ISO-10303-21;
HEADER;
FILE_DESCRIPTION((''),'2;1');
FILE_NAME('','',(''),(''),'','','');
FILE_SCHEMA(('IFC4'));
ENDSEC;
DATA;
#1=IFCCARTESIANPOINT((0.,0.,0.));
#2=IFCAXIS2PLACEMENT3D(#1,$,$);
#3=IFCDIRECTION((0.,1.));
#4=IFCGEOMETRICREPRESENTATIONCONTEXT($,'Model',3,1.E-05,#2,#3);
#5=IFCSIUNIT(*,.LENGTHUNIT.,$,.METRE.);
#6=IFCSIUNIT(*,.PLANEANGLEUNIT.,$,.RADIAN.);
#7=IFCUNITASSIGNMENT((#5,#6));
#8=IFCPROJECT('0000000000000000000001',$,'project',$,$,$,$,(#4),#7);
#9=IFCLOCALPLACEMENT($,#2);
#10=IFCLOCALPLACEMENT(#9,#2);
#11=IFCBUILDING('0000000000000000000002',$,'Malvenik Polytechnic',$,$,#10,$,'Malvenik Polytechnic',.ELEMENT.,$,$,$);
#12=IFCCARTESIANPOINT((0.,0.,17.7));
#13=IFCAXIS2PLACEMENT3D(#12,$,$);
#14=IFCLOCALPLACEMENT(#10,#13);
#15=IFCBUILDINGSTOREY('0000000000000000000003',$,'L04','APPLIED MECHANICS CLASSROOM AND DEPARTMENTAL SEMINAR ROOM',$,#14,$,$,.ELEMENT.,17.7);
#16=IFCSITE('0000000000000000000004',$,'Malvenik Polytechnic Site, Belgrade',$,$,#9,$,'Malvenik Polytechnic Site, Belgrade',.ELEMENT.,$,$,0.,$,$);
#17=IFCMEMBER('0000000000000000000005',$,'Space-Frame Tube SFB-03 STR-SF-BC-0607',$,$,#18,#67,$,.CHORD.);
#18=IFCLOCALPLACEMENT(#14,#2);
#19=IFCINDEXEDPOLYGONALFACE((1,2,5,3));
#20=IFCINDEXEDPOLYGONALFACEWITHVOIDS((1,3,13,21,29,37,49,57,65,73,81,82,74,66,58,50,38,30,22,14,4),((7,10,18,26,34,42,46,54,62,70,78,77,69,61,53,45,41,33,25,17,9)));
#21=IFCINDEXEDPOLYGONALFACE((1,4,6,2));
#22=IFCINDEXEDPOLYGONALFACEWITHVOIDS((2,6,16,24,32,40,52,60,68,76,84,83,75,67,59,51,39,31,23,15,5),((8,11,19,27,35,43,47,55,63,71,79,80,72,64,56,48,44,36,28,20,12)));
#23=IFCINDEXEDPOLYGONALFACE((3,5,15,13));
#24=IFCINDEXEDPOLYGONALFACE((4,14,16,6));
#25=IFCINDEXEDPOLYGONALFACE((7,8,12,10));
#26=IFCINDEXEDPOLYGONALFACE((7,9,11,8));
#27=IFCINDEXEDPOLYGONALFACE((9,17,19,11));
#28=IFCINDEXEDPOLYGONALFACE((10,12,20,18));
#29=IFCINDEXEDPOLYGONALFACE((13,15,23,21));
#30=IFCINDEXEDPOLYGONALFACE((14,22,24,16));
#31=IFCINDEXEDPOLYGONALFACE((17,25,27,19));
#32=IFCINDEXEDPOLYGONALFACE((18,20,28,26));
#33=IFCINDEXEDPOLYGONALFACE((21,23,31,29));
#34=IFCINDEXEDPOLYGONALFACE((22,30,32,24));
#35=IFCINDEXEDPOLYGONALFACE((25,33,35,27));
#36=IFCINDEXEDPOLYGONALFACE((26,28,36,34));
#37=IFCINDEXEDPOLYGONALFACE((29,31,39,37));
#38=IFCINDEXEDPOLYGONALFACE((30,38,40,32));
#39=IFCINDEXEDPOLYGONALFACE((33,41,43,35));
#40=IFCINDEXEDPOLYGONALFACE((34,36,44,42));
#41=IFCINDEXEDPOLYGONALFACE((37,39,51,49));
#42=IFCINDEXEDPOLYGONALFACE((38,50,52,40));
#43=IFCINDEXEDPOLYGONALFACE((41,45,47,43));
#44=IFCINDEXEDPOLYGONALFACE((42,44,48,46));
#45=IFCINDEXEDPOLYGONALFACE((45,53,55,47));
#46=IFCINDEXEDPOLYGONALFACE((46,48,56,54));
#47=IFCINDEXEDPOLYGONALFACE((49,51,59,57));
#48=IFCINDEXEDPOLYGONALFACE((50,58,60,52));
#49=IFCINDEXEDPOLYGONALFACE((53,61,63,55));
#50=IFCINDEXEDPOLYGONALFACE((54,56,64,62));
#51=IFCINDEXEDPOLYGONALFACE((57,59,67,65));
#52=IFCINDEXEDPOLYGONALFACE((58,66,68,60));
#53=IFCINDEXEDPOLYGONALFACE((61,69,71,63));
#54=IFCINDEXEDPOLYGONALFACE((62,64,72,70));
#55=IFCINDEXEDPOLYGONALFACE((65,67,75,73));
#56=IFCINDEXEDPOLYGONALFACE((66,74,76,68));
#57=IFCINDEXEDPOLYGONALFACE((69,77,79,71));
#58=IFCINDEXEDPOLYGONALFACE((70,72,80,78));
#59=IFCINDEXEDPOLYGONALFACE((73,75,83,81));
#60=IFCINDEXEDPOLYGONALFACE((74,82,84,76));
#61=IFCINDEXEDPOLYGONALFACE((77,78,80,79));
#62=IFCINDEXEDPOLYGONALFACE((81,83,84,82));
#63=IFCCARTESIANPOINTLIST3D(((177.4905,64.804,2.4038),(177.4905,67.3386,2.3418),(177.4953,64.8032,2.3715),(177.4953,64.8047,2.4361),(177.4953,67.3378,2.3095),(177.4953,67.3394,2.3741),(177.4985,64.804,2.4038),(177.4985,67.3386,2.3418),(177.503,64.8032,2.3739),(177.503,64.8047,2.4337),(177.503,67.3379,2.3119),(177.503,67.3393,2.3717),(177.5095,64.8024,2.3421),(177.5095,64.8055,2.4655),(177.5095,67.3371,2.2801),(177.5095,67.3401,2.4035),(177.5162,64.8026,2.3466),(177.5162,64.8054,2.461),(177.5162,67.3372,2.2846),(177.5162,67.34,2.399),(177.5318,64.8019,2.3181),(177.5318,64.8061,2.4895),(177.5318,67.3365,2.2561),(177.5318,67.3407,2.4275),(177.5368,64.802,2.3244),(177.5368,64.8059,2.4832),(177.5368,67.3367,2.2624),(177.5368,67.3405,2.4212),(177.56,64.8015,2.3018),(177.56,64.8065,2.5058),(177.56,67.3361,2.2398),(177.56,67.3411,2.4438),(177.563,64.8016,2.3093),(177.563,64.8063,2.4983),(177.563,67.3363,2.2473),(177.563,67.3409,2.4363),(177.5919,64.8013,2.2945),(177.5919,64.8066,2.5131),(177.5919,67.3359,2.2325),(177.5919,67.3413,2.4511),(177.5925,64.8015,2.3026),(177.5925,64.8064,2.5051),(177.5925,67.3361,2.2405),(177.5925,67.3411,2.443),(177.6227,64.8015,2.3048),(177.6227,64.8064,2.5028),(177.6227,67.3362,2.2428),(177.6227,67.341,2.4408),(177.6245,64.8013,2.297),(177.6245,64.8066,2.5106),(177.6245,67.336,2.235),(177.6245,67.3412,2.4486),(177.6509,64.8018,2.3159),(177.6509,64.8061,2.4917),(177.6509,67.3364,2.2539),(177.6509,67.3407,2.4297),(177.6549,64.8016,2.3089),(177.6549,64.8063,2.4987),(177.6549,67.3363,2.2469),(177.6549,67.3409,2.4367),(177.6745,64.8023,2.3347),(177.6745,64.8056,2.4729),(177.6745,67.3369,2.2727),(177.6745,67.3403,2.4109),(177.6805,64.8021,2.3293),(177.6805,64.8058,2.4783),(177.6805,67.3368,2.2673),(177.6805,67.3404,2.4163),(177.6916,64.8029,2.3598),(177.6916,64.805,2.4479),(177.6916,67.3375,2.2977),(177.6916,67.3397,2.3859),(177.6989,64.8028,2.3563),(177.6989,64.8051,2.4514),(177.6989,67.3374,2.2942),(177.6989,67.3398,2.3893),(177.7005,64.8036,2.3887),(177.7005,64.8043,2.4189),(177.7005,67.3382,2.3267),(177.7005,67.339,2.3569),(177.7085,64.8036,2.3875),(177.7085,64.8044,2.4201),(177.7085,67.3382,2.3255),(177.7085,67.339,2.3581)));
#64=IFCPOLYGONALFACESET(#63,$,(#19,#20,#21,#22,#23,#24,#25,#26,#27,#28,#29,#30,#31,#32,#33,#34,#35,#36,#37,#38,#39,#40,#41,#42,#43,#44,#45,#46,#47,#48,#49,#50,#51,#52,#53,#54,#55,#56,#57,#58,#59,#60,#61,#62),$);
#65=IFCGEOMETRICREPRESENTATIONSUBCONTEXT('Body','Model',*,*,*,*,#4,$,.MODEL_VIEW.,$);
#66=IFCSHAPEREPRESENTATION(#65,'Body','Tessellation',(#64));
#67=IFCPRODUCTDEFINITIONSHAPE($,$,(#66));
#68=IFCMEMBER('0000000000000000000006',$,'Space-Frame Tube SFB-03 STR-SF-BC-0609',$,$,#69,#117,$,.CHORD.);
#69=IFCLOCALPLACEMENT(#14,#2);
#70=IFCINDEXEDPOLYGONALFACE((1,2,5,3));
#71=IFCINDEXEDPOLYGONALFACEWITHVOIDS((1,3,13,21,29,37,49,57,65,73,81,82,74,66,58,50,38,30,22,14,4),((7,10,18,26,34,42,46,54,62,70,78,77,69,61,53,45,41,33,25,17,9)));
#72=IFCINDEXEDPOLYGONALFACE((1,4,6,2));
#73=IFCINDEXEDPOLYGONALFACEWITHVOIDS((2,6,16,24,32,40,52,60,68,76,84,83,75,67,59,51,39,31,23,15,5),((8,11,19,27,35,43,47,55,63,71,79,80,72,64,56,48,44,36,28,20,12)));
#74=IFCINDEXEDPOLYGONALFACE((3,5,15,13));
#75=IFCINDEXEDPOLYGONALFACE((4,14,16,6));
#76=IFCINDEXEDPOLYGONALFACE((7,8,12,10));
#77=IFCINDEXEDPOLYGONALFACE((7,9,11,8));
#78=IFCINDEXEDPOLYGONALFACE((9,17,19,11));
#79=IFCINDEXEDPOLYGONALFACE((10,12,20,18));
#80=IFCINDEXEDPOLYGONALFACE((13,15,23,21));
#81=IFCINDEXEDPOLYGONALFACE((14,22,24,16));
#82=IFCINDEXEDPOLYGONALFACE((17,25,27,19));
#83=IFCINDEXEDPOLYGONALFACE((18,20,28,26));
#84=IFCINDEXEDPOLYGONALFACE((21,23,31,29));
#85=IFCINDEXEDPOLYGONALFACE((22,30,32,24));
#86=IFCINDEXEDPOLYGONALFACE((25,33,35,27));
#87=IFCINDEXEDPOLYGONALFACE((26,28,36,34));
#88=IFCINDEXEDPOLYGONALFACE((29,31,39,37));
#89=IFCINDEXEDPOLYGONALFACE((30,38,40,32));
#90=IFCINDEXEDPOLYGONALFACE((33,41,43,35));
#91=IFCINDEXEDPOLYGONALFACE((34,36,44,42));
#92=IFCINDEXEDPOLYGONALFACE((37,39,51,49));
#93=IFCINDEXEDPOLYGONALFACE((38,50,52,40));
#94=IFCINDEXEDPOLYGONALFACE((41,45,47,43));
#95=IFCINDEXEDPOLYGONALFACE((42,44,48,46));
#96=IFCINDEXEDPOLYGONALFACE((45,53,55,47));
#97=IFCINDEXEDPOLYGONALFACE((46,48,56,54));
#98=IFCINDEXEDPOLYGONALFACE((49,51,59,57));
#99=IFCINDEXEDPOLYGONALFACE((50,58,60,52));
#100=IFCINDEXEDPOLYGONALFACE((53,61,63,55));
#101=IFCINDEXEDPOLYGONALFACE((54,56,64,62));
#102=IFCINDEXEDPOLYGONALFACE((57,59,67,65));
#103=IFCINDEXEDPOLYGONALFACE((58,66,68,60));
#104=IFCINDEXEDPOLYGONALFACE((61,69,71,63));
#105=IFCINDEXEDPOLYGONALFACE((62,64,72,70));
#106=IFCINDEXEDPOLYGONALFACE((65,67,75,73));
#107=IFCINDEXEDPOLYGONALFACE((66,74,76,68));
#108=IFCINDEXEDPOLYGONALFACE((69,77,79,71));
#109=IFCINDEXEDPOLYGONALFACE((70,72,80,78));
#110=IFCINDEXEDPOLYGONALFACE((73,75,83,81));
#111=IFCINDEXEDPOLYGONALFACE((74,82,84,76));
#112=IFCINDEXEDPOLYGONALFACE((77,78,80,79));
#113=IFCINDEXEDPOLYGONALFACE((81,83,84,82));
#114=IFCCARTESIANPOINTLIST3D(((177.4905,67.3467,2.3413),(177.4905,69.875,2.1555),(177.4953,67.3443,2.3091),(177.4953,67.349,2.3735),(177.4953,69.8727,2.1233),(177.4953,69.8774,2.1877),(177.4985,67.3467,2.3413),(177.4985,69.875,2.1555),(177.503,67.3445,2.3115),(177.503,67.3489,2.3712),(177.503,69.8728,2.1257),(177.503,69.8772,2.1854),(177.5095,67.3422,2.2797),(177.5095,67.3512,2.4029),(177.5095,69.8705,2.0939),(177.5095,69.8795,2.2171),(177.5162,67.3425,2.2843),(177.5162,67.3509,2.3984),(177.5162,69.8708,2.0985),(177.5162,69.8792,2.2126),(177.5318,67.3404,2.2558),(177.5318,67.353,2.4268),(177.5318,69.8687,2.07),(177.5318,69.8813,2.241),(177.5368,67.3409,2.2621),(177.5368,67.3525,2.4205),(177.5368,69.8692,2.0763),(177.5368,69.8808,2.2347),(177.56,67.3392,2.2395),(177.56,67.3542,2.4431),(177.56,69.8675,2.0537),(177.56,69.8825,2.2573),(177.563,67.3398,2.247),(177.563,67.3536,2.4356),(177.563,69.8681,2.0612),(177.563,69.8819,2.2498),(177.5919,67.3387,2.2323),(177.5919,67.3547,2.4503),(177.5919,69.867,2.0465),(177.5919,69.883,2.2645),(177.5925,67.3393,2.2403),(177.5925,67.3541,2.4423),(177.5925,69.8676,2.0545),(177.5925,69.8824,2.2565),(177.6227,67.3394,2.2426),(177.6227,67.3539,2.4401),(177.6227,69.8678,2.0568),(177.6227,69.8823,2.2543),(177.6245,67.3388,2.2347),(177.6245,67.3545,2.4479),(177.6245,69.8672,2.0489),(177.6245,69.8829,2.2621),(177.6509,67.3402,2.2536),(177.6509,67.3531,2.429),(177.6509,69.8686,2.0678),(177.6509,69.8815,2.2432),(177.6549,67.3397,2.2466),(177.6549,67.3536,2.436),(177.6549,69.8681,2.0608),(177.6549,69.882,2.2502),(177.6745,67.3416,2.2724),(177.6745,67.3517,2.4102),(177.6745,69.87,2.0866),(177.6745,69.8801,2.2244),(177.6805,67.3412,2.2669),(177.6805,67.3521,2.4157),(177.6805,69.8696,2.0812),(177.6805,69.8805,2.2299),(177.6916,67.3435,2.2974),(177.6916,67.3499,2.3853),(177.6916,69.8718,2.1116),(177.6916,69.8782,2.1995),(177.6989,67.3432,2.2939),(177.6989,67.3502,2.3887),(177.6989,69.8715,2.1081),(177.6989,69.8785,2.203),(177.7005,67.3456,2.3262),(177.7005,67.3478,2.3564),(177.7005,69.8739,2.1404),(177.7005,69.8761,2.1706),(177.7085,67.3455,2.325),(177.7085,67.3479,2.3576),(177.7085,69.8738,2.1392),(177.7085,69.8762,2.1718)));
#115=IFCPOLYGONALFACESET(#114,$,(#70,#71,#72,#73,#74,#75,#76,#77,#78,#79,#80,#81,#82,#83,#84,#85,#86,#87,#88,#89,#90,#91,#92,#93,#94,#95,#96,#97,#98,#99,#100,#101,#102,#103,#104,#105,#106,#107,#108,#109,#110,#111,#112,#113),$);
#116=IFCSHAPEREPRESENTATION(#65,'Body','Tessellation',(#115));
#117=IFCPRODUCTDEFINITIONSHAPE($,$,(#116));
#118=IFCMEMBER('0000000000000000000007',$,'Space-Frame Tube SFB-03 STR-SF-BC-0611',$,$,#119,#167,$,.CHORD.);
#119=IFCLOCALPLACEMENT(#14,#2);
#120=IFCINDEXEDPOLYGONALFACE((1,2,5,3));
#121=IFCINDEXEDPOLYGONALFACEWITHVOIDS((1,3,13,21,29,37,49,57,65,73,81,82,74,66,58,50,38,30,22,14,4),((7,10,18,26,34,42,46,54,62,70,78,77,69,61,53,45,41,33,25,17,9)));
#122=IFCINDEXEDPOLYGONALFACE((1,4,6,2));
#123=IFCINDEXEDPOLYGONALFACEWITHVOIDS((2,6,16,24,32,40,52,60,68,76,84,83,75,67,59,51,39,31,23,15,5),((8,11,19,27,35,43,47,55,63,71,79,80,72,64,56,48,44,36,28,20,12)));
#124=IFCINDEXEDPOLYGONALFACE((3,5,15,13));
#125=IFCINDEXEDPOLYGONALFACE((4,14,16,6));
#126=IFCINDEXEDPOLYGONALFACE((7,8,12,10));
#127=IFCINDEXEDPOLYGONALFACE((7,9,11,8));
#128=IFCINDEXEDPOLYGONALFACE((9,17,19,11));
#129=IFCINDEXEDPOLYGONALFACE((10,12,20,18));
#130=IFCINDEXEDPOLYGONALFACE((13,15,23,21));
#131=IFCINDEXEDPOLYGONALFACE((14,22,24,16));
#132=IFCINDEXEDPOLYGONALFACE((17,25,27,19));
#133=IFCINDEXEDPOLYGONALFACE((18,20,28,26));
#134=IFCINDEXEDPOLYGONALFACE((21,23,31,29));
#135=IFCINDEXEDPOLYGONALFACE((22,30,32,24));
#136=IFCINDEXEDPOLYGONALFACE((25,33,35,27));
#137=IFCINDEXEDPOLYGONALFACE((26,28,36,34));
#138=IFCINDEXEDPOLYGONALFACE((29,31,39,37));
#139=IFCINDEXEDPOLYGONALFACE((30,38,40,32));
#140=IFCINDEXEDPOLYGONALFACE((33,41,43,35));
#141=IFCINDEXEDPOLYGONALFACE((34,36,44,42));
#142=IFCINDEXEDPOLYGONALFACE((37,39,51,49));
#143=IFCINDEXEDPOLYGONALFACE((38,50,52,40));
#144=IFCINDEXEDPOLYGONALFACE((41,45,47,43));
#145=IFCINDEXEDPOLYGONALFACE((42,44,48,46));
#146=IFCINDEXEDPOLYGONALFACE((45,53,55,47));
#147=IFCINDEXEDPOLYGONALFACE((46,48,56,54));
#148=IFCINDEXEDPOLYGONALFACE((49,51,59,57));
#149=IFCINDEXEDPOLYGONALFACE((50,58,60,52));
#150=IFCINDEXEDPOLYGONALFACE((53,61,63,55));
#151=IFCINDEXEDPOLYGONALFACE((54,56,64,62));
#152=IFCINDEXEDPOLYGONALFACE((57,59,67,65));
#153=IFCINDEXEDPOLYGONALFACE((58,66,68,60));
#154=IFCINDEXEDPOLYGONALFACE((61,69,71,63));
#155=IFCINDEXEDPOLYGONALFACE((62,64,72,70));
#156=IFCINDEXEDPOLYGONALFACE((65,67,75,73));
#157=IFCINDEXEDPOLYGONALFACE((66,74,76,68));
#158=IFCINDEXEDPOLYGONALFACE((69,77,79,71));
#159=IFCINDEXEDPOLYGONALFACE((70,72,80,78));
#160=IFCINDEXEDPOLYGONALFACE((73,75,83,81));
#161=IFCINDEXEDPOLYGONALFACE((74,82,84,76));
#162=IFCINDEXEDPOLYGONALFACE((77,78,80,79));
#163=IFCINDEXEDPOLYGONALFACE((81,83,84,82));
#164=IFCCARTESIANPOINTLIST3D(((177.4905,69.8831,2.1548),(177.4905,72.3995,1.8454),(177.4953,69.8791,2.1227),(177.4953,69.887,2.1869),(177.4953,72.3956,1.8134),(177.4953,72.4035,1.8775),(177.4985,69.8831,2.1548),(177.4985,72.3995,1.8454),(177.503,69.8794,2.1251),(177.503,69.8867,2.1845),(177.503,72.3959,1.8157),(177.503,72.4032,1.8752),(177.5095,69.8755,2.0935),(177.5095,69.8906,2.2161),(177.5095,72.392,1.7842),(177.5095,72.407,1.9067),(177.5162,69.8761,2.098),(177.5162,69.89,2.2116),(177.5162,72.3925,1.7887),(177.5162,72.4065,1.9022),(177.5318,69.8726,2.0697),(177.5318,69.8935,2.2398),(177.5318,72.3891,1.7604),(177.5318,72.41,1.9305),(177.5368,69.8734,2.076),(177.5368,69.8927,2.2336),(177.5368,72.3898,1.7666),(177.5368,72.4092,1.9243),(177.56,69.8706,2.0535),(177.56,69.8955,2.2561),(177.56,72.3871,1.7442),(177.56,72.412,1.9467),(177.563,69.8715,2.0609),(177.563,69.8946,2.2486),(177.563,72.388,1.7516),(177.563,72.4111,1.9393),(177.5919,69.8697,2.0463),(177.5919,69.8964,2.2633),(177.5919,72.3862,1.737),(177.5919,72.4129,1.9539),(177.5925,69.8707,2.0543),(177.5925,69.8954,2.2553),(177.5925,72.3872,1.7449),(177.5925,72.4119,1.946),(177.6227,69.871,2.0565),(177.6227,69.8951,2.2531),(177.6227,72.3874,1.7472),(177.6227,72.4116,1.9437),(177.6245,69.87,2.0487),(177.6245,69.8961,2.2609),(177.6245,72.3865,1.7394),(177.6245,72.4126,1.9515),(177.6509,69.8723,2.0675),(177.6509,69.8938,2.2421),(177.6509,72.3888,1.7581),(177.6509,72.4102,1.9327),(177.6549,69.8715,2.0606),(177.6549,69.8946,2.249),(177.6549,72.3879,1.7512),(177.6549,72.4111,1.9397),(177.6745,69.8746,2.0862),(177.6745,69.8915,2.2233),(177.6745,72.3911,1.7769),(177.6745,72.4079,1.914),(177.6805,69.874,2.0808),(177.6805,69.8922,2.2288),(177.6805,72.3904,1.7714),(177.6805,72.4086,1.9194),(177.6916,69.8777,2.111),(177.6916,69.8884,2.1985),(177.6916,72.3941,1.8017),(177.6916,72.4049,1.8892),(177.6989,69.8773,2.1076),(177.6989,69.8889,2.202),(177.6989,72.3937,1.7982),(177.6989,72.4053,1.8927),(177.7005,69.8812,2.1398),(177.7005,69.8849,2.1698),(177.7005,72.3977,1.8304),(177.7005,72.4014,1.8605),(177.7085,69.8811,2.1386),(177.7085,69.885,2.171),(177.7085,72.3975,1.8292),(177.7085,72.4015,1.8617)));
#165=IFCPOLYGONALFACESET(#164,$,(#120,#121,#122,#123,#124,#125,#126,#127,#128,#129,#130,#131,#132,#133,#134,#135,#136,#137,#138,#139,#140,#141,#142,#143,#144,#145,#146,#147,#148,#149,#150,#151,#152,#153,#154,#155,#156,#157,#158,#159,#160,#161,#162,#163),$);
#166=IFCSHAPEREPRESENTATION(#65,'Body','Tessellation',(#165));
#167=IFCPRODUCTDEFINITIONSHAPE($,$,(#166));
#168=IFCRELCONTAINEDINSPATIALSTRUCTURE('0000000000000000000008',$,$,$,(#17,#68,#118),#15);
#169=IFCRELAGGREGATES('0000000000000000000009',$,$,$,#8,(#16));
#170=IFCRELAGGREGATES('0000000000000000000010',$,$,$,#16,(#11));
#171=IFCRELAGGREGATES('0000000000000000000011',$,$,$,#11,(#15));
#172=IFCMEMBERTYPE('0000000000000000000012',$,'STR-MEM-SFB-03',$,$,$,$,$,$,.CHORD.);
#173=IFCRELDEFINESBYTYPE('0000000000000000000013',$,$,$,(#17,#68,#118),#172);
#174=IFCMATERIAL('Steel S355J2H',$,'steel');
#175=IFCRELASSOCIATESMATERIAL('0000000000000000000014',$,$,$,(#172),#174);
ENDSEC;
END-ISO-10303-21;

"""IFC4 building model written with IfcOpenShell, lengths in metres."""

from ifc_helpers import new_model, si_unit, direction, frame, origin, origin_2d, place, context, subcontext, project, spatial, hollow_circle, extrude, material, material_profile, profile_set, type_object, element, save


model = new_model("IFC4")

# Units and contexts
model_context = context("Model", 3, precision=1e-05, world=origin(), true_north=direction((0.0, 1.0)))
body_context = subcontext(model_context, "Body", "Model", "MODEL_VIEW")
ifc_project = project(units=[si_unit("LENGTHUNIT", "METRE"), si_unit("PLANEANGLEUNIT", "RADIAN")], contexts=[model_context])

# Site, building, storey
site_placement = place(None, origin())
site = spatial("IfcSite", under=ifc_project, at=site_placement, Name="Malvenik Polytechnic Site, Belgrade", LongName="Malvenik Polytechnic Site, Belgrade", CompositionType="ELEMENT", RefElevation=0.0)
building_placement = place(site_placement, origin())
building = spatial("IfcBuilding", under=site, at=building_placement, Name="Malvenik Polytechnic", LongName="Malvenik Polytechnic", CompositionType="ELEMENT")
storey_placement = place(building_placement, frame((0.0, 0.0, 17.7)))
storey = spatial("IfcBuildingStorey", under=building, at=storey_placement, Name="L04", Description="APPLIED MECHANICS CLASSROOM AND DEPARTMENTAL SEMINAR ROOM", CompositionType="ELEMENT", Elevation=17.7)

# Members
ifc_material_1 = material(Name="Steel S355J2H", Category="steel")
ifc_material_profile_1 = material_profile(ifc_material_1, hollow_circle(Radius=0.1096, WallThickness=0.0081, at=origin_2d()), Name="CHS 219.1x8.0")
ifc_profile_set_1 = profile_set([ifc_material_profile_1], Name="Steel S355J2H")
member_type_1 = type_object("IfcMemberType", Name="STR-MEM-SFB-03", PredefinedType="CHORD", material=ifc_profile_set_1)
member_1_placement = place(storey_placement, frame((177.6001, 64.804, 2.4038), z_axis=(0.0, 0.999701, -0.024458), x_axis=(-1.0, 0.0, 0.0)))
element("IfcMember", 1, at=member_1_placement, inside=storey, type_object=member_type_1, Name="Space-Frame Tube SFB-03 STR-SF-BC-0607", PredefinedType="CHORD", context=body_context, shape_type="SweptSolid", body=[
    extrude(hollow_circle(Radius=0.1096, WallThickness=0.0081, at=origin_2d()), origin(), (0.0, 0.0, 1.0), 2.5354),
])
member_2_placement = place(storey_placement, frame((177.6001, 67.3467, 2.3413), z_axis=(0.0, 0.997311, -0.073286), x_axis=(-1.0, 0.0, 0.0)))
element("IfcMember", 2, at=member_2_placement, inside=storey, type_object=member_type_1, Name="Space-Frame Tube SFB-03 STR-SF-BC-0609", PredefinedType="CHORD", context=body_context, shape_type="SweptSolid", body=[
    extrude(hollow_circle(Radius=0.1096, WallThickness=0.0081, at=origin_2d()), origin(), (0.0, 0.0, 1.0), 2.5352),
])
for number, where, z_axis, x_axis, name in (
    (3, (177.6001, 69.8831, 2.1548), (0.0, 0.992529, -0.122008), (-1.0, 0.0, 0.0), "Space-Frame Tube SFB-03 STR-SF-BC-0611"),
):
    element("IfcMember", number, at=place(storey_placement, frame(where, z_axis=z_axis, x_axis=x_axis)), inside=storey, type_object=member_type_1, Name=name, PredefinedType="CHORD", context=body_context, shape_type="SweptSolid", body=[
        extrude(hollow_circle(Radius=0.1096, WallThickness=0.0081, at=origin_2d()), origin(), (0.0, 0.0, 1.0), 2.5354),
    ])

save(model, "model.ifc")
